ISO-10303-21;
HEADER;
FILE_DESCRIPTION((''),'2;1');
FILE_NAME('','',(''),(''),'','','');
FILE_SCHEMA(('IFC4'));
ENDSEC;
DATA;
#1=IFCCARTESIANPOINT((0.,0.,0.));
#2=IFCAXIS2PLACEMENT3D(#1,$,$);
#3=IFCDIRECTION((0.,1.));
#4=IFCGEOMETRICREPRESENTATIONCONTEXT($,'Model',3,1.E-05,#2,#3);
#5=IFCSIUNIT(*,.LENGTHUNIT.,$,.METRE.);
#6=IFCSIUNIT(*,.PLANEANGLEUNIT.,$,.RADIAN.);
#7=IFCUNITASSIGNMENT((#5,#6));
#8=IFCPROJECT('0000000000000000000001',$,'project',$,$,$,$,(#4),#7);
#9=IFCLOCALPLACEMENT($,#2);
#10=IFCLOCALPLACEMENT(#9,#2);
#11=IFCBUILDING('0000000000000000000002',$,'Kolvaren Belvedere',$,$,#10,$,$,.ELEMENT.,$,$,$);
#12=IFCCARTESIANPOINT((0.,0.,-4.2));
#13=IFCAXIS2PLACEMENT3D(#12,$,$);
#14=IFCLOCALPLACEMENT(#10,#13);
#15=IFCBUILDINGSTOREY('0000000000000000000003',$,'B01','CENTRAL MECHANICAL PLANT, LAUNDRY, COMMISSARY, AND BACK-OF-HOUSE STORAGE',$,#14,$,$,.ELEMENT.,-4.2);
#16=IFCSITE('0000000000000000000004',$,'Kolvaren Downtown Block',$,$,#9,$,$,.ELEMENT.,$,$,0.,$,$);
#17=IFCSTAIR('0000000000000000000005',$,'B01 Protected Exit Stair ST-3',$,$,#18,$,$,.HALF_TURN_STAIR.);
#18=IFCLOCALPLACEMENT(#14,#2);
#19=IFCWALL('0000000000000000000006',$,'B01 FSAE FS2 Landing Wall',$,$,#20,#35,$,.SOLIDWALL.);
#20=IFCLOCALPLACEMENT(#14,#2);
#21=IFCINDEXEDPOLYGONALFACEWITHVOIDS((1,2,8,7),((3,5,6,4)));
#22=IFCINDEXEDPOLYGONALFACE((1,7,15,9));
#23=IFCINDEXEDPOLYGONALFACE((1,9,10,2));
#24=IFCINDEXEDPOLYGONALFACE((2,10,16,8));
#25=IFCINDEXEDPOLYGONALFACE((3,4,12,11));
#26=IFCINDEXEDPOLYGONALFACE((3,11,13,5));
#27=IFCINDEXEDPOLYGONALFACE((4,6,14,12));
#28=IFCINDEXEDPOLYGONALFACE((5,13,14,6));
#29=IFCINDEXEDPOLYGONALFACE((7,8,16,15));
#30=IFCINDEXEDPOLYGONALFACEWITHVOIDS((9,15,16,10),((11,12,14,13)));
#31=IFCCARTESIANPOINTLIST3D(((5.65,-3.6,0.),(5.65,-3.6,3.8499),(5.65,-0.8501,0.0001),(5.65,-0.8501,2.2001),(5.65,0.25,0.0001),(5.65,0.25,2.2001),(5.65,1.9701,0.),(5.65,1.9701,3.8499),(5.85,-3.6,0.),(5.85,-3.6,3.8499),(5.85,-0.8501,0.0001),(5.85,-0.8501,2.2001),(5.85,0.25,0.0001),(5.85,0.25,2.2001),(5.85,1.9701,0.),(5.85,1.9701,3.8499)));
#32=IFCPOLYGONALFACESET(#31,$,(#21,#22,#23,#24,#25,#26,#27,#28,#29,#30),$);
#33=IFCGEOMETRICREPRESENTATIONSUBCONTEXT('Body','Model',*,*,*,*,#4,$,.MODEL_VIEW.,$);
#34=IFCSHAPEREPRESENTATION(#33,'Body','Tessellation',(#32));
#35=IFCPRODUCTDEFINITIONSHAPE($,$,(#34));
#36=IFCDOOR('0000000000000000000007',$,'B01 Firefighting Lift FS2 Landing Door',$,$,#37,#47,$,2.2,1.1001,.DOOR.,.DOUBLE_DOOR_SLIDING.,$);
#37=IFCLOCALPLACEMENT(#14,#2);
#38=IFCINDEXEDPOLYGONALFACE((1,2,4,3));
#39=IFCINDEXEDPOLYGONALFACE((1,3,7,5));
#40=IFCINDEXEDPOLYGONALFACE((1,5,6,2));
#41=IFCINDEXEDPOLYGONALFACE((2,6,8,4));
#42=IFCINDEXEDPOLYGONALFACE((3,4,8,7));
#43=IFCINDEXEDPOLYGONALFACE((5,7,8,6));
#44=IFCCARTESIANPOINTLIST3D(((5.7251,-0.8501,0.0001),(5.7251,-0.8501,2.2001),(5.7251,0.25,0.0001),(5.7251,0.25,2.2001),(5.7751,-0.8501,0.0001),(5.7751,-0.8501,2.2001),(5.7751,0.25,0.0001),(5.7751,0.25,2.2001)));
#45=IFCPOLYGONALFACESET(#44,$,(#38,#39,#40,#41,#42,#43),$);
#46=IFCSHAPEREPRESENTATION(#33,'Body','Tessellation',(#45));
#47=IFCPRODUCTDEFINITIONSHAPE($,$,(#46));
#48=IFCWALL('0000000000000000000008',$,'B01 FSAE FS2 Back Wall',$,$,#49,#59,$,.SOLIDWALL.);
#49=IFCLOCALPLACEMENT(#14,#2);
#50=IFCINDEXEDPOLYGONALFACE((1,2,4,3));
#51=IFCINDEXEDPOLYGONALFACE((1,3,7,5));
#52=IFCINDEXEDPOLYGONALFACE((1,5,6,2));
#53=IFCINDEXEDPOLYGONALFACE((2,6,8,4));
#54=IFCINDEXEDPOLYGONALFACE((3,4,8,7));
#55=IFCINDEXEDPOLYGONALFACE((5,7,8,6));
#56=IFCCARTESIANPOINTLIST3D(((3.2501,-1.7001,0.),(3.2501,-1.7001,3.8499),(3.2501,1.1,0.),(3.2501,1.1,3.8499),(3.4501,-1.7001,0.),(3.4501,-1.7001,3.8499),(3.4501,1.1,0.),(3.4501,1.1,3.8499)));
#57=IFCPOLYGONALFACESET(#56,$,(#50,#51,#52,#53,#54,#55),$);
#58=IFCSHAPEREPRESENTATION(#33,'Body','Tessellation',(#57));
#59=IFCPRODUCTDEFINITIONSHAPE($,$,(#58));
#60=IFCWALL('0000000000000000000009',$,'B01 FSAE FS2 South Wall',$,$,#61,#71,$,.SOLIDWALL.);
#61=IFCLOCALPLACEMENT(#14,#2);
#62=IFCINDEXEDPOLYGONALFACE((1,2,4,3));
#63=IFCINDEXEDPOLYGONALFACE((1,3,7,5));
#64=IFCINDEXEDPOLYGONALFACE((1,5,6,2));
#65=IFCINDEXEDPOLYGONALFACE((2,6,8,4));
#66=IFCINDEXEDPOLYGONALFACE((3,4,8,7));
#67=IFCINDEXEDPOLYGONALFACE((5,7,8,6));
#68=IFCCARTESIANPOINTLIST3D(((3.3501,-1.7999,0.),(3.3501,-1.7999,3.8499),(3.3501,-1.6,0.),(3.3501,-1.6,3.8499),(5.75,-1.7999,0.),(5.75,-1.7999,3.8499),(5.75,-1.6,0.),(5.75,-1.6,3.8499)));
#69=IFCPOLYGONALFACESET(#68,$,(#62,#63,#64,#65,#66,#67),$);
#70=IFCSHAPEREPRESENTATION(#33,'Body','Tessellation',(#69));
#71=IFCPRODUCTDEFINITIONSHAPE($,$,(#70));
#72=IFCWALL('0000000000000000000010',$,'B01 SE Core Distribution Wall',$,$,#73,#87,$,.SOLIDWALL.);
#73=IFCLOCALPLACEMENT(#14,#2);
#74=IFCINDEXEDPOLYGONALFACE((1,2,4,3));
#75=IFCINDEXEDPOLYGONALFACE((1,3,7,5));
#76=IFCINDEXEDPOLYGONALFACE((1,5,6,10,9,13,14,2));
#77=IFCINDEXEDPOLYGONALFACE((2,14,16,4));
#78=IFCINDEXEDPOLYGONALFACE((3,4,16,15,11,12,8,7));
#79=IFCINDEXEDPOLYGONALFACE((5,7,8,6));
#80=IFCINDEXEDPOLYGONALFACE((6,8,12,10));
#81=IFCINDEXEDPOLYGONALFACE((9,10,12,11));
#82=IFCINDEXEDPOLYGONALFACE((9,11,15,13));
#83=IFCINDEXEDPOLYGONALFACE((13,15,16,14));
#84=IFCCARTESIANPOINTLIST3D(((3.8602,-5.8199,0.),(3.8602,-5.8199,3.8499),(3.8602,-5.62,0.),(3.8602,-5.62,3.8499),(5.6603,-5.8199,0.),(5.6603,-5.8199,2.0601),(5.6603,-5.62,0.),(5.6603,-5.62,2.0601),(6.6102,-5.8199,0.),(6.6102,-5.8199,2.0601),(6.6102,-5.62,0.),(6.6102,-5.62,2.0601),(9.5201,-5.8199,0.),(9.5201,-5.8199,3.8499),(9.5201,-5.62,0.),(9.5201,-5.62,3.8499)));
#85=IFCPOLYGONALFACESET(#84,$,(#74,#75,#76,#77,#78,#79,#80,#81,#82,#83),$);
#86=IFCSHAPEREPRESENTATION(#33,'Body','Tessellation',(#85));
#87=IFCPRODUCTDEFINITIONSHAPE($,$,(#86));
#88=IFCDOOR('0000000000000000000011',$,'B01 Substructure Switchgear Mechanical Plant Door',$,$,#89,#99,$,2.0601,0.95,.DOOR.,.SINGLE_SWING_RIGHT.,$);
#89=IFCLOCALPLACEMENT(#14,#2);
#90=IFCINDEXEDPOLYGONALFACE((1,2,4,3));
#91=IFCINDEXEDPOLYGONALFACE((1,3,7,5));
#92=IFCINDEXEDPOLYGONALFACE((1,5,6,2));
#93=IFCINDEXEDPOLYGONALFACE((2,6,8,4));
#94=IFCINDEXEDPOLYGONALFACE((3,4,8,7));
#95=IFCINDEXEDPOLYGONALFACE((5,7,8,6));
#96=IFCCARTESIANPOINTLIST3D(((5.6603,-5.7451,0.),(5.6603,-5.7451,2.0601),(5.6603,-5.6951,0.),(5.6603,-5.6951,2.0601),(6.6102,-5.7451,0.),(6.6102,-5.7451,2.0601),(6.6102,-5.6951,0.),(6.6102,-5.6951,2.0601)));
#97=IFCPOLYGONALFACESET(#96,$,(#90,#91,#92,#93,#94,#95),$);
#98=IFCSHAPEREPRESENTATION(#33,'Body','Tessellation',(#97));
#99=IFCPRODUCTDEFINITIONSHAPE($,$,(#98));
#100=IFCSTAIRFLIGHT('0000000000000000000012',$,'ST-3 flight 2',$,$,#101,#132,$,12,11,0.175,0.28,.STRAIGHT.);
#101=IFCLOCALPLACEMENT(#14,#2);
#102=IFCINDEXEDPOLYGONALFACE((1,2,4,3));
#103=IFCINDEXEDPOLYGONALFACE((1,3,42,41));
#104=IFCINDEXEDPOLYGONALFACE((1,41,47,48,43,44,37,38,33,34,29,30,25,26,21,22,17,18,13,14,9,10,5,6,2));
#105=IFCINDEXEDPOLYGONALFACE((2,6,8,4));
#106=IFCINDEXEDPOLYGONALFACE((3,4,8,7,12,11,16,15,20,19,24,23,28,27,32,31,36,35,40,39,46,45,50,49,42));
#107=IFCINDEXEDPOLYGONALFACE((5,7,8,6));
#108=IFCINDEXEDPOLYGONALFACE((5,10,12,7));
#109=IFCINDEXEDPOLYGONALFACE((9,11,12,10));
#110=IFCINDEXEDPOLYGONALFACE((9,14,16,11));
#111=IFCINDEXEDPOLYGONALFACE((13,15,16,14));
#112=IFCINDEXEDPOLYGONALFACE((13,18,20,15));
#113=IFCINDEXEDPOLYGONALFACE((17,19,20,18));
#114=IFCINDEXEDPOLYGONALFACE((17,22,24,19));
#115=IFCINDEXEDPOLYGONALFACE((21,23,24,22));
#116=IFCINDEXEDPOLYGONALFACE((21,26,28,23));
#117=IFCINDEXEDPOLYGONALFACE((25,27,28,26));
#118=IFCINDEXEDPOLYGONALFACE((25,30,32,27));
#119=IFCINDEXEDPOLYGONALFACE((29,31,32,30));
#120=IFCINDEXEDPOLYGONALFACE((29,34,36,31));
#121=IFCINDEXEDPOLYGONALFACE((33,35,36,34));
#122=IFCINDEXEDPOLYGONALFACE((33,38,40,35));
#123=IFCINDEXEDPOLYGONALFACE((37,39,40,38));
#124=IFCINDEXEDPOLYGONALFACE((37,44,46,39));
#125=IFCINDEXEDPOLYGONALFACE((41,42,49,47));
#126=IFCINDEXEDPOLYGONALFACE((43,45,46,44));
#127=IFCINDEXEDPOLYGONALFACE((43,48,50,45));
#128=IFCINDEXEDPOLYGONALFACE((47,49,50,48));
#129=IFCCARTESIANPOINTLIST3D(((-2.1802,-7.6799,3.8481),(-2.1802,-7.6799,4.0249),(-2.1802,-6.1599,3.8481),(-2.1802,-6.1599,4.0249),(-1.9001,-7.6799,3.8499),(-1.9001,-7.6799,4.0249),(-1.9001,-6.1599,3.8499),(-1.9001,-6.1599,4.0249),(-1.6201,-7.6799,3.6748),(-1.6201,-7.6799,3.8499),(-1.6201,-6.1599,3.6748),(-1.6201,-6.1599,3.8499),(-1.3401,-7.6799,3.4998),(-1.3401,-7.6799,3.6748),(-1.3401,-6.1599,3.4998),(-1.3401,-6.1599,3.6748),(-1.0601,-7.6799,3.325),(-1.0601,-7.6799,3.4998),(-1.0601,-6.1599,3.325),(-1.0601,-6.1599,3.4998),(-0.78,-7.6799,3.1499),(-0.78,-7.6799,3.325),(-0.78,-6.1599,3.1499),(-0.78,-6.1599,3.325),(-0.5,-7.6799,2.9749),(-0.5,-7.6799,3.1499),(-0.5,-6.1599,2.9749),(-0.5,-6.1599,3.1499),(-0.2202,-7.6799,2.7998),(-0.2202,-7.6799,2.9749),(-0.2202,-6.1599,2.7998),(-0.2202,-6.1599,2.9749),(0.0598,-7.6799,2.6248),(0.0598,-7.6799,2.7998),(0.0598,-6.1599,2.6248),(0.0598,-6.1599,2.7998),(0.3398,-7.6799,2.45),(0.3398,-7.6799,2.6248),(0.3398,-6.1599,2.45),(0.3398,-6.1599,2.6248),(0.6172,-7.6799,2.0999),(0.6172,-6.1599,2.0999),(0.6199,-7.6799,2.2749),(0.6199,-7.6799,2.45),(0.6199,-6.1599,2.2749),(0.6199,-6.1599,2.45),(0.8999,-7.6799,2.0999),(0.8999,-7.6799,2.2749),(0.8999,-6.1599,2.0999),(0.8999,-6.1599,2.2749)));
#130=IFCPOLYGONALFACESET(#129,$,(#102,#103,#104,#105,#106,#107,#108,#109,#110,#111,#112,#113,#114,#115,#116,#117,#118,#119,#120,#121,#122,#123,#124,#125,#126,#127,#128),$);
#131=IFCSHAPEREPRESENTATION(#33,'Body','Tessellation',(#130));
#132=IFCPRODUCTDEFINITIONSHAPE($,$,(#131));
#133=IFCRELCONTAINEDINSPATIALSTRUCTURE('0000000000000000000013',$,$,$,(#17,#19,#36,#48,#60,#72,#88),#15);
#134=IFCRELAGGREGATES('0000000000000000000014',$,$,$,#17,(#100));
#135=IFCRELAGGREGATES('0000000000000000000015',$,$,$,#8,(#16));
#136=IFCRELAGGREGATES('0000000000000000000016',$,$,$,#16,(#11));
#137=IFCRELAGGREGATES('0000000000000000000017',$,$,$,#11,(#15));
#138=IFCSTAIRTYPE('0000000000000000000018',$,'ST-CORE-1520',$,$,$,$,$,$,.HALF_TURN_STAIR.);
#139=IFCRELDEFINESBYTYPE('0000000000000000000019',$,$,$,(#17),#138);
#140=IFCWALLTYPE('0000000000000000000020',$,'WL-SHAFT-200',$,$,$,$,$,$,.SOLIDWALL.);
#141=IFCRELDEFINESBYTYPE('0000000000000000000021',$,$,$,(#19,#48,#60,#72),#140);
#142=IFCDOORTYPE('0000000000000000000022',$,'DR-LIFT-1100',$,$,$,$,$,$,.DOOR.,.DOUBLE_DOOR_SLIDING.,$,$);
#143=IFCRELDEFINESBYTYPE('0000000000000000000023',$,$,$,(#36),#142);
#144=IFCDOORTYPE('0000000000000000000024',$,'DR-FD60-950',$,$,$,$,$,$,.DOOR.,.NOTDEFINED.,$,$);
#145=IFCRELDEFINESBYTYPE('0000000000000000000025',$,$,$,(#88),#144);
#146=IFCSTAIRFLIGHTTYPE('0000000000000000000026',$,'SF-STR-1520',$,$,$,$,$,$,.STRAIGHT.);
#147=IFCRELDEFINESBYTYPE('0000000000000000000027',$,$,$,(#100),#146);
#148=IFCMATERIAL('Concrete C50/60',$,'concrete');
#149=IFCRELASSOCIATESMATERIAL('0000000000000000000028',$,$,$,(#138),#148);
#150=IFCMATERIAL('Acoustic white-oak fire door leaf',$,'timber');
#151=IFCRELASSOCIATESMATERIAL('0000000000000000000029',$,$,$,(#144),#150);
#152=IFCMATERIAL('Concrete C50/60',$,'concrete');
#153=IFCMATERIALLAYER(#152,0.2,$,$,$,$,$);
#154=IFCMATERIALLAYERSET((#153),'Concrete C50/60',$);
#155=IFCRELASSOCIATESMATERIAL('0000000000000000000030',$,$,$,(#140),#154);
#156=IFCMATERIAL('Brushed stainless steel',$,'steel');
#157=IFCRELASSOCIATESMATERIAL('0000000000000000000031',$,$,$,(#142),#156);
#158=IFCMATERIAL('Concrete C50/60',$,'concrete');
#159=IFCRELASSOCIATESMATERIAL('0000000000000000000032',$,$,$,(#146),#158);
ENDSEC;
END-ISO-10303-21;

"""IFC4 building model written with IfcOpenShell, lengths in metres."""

from ifc_helpers import new_model, si_unit, direction, frame, frame_2d, origin, place, context, subcontext, project, spatial, polyline, rectangle, outline, extrude, material, layer, layer_set, type_object, element, fill, aggregate, save


model = new_model("IFC4")

# Units and contexts
model_context = context("Model", 3, precision=1e-05, world=origin(), true_north=direction((0.0, 1.0)))
body_context = subcontext(model_context, "Body", "Model", "MODEL_VIEW")
ifc_project = project(units=[si_unit("LENGTHUNIT", "METRE"), si_unit("PLANEANGLEUNIT", "RADIAN")], contexts=[model_context])

# Site, building, storey
site_placement = place(None, origin())
site = spatial("IfcSite", under=ifc_project, at=site_placement, Name="Kolvaren Downtown Block", CompositionType="ELEMENT", RefElevation=0.0)
building_placement = place(site_placement, origin())
building = spatial("IfcBuilding", under=site, at=building_placement, Name="Kolvaren Belvedere", CompositionType="ELEMENT")
storey_placement = place(building_placement, frame((0.0, 0.0, -4.2)))
storey = spatial("IfcBuildingStorey", under=building, at=storey_placement, Name="B01", Description="CENTRAL MECHANICAL PLANT, LAUNDRY, COMMISSARY, AND BACK-OF-HOUSE STORAGE", CompositionType="ELEMENT", Elevation=-4.2)

# Stair
ifc_material_1 = material(Name="Concrete C50/60", Category="concrete")
stair_type = type_object("IfcStairType", Name="ST-CORE-1520", PredefinedType="HALF_TURN_STAIR", material=ifc_material_1)
stair_1_placement = place(storey_placement, origin())
stair_1 = element("IfcStair", 1, at=stair_1_placement, inside=storey, type_object=stair_type, Name="B01 Protected Exit Stair ST-3", PredefinedType="HALF_TURN_STAIR")

# Wall, opening, door
ifc_material_2 = material(Name="Acoustic white-oak fire door leaf", Category="timber")
door_type_1 = type_object("IfcDoorType", Name="DR-FD60-950", OperationType="NOTDEFINED", PredefinedType="DOOR", material=ifc_material_2)
ifc_material_3 = material(Name="Concrete C50/60", Category="concrete")
ifc_layer_1 = layer(ifc_material_3, 0.2)
ifc_layer_set_1 = layer_set([ifc_layer_1], Name="Concrete C50/60")
wall_type_1 = type_object("IfcWallType", Name="WL-SHAFT-200", PredefinedType="SOLIDWALL", material=ifc_layer_set_1)
wall_1_placement = place(storey_placement, frame((5.75, -3.6001, 0.0), z_axis=(0.0, 0.0, 1.0), x_axis=(0.0, 1.0, 0.0)))
wall_1 = element("IfcWall", 2, at=wall_1_placement, inside=storey, type_object=wall_type_1, Name="B01 FSAE FS2 Landing Wall", PredefinedType="SOLIDWALL", context=body_context, shape_type="SweptSolid", body=[
    extrude(rectangle(XDim=5.5701, YDim=0.2, at=frame_2d((2.7852, 0.0))), origin(), (0.0, 0.0, 1.0), 3.8499),
])
opening_1_placement = place(wall_1_placement, frame((2.75, 0.0, 0.0)))
opening_1 = element("IfcOpeningElement", 3, at=opening_1_placement, cuts=wall_1, PredefinedType="OPENING", context=body_context, shape_type="SweptSolid", body=[
    extrude(rectangle(XDim=1.1001, YDim=2.2, at=frame_2d((0.55, 1.1001))), frame((0.0, 0.1099, 0.0), z_axis=(0.0, -1.0, 0.0), x_axis=(1.0, 0.0, 0.0)), (0.0, 0.0, 1.0), 0.22),
])
ifc_material_4 = material(Name="Brushed stainless steel", Category="steel")
door_type_2 = type_object("IfcDoorType", Name="DR-LIFT-1100", OperationType="DOUBLE_DOOR_SLIDING", PredefinedType="DOOR", material=ifc_material_4)
door_1_placement = place(opening_1_placement, origin())
door_1 = element("IfcDoor", 4, at=door_1_placement, inside=storey, type_object=door_type_2, Name="B01 Firefighting Lift FS2 Landing Door", OperationType="DOUBLE_DOOR_SLIDING", OverallHeight=2.2, OverallWidth=1.1001, PredefinedType="DOOR", context=body_context, shape_type="SweptSolid", body=[
    extrude(rectangle(XDim=1.1001, YDim=2.2, at=frame_2d((0.55, 1.1001))), frame((0.0, 0.0249, 0.0), z_axis=(0.0, -1.0, 0.0), x_axis=(1.0, 0.0, 0.0)), (0.0, 0.0, 1.0), 0.05),
])
fill(opening_1, door_1)

# Walls
wall_2_placement = place(storey_placement, frame((3.3501, -1.7, 0.0), z_axis=(0.0, 0.0, 1.0), x_axis=(0.0, 1.0, 0.0)))
element("IfcWall", 5, at=wall_2_placement, inside=storey, type_object=wall_type_1, Name="B01 FSAE FS2 Back Wall", PredefinedType="SOLIDWALL", context=body_context, shape_type="SweptSolid", body=[
    extrude(rectangle(XDim=2.8, YDim=0.2, at=frame_2d((1.3999, 0.0))), origin(), (0.0, 0.0, 1.0), 3.8499),
])
wall_3_placement = place(storey_placement, frame((3.3501, -1.7, 0.0), z_axis=(0.0, 0.0, 1.0), x_axis=(1.0, 0.0, 0.0)))
element("IfcWall", 6, at=wall_3_placement, inside=storey, type_object=wall_type_1, Name="B01 FSAE FS2 South Wall", PredefinedType="SOLIDWALL", context=body_context, shape_type="SweptSolid", body=[
    extrude(rectangle(XDim=2.3999, YDim=0.2, at=frame_2d((1.2, 0.0))), origin(), (0.0, 0.0, 1.0), 3.8499),
])

# Wall, opening, door
wall_4_placement = place(storey_placement, frame((3.8601, -5.72, 0.0), z_axis=(0.0, 0.0, 1.0), x_axis=(1.0, 0.0, 0.0)))
wall_4 = element("IfcWall", 7, at=wall_4_placement, inside=storey, type_object=wall_type_1, Name="B01 SE Core Distribution Wall", PredefinedType="SOLIDWALL", context=body_context, shape_type="SweptSolid", body=[
    extrude(rectangle(XDim=5.6599, YDim=0.2, at=frame_2d((2.8301, 0.0))), origin(), (0.0, 0.0, 1.0), 3.8499),
])
opening_2_placement = place(wall_4_placement, frame((1.8, 0.0, 0.0)))
opening_2 = element("IfcOpeningElement", 8, at=opening_2_placement, cuts=wall_4, PredefinedType="OPENING", context=body_context, shape_type="SweptSolid", body=[
    extrude(rectangle(XDim=0.95, YDim=2.0601, at=frame_2d((0.4751, 1.03))), frame((0.0, 0.1099, 0.0), z_axis=(0.0, -1.0, 0.0), x_axis=(1.0, 0.0, 0.0)), (0.0, 0.0, 1.0), 0.22),
])
door_2_placement = place(opening_2_placement, origin())
door_2 = element("IfcDoor", 9, at=door_2_placement, inside=storey, type_object=door_type_1, Name="B01 Substructure Switchgear Mechanical Plant Door", OperationType="SINGLE_SWING_RIGHT", OverallHeight=2.0601, OverallWidth=0.95, PredefinedType="DOOR", context=body_context, shape_type="SweptSolid", body=[
    extrude(rectangle(XDim=0.95, YDim=2.0601, at=frame_2d((0.4751, 1.03))), frame((0.0, 0.0249, 0.0), z_axis=(0.0, -1.0, 0.0), x_axis=(1.0, 0.0, 0.0)), (0.0, 0.0, 1.0), 0.05),
])
fill(opening_2, door_2)

# Stair flight
ifc_material_5 = material(Name="Concrete C50/60", Category="concrete")
stair_flight_type = type_object("IfcStairFlightType", Name="SF-STR-1520", PredefinedType="STRAIGHT", material=ifc_material_5)
stair_flight_placement = place(storey_placement, frame((0.8999, -6.9199, 2.0999), z_axis=(0.0, 0.0, 1.0), x_axis=(-1.0, 0.0, 0.0)))
stair_flight = element("IfcStairFlight", 10, at=stair_flight_placement, type_object=stair_flight_type, Name="ST-3 flight 2", NumberOfRisers=12, NumberOfTreads=11, PredefinedType="STRAIGHT", RiserHeight=0.175, TreadLength=0.28, context=body_context, shape_type="SweptSolid", body=[
    extrude(outline(polyline([(0.0, 0.0), (0.0, 0.175), (0.28, 0.175), (0.28, 0.3501), (0.5601, 0.3501), (0.5601, 0.5249), (0.8401, 0.5249), (0.8401, 0.7), (1.1201, 0.7), (1.1201, 0.875), (1.3999, 0.875), (1.3999, 1.05), (1.6799, 1.05), (1.6799, 1.2251), (1.96, 1.2251), (1.96, 1.3999), (2.24, 1.3999), (2.24, 1.575), (2.52, 1.575), (2.52, 1.75), (2.8, 1.75), (2.8, 1.925), (3.0801, 1.925), (3.0801, 2.1001), (3.0801, 1.7483), (0.2827, 0.0), (0.0, 0.0)])), frame((0.0, 0.76, 0.0), z_axis=(0.0, -1.0, 0.0), x_axis=(1.0, 0.0, 0.0)), (0.0, 0.0, 1.0), 1.52),
])
aggregate(stair_1, [stair_flight])

save(model, "model.ifc")
